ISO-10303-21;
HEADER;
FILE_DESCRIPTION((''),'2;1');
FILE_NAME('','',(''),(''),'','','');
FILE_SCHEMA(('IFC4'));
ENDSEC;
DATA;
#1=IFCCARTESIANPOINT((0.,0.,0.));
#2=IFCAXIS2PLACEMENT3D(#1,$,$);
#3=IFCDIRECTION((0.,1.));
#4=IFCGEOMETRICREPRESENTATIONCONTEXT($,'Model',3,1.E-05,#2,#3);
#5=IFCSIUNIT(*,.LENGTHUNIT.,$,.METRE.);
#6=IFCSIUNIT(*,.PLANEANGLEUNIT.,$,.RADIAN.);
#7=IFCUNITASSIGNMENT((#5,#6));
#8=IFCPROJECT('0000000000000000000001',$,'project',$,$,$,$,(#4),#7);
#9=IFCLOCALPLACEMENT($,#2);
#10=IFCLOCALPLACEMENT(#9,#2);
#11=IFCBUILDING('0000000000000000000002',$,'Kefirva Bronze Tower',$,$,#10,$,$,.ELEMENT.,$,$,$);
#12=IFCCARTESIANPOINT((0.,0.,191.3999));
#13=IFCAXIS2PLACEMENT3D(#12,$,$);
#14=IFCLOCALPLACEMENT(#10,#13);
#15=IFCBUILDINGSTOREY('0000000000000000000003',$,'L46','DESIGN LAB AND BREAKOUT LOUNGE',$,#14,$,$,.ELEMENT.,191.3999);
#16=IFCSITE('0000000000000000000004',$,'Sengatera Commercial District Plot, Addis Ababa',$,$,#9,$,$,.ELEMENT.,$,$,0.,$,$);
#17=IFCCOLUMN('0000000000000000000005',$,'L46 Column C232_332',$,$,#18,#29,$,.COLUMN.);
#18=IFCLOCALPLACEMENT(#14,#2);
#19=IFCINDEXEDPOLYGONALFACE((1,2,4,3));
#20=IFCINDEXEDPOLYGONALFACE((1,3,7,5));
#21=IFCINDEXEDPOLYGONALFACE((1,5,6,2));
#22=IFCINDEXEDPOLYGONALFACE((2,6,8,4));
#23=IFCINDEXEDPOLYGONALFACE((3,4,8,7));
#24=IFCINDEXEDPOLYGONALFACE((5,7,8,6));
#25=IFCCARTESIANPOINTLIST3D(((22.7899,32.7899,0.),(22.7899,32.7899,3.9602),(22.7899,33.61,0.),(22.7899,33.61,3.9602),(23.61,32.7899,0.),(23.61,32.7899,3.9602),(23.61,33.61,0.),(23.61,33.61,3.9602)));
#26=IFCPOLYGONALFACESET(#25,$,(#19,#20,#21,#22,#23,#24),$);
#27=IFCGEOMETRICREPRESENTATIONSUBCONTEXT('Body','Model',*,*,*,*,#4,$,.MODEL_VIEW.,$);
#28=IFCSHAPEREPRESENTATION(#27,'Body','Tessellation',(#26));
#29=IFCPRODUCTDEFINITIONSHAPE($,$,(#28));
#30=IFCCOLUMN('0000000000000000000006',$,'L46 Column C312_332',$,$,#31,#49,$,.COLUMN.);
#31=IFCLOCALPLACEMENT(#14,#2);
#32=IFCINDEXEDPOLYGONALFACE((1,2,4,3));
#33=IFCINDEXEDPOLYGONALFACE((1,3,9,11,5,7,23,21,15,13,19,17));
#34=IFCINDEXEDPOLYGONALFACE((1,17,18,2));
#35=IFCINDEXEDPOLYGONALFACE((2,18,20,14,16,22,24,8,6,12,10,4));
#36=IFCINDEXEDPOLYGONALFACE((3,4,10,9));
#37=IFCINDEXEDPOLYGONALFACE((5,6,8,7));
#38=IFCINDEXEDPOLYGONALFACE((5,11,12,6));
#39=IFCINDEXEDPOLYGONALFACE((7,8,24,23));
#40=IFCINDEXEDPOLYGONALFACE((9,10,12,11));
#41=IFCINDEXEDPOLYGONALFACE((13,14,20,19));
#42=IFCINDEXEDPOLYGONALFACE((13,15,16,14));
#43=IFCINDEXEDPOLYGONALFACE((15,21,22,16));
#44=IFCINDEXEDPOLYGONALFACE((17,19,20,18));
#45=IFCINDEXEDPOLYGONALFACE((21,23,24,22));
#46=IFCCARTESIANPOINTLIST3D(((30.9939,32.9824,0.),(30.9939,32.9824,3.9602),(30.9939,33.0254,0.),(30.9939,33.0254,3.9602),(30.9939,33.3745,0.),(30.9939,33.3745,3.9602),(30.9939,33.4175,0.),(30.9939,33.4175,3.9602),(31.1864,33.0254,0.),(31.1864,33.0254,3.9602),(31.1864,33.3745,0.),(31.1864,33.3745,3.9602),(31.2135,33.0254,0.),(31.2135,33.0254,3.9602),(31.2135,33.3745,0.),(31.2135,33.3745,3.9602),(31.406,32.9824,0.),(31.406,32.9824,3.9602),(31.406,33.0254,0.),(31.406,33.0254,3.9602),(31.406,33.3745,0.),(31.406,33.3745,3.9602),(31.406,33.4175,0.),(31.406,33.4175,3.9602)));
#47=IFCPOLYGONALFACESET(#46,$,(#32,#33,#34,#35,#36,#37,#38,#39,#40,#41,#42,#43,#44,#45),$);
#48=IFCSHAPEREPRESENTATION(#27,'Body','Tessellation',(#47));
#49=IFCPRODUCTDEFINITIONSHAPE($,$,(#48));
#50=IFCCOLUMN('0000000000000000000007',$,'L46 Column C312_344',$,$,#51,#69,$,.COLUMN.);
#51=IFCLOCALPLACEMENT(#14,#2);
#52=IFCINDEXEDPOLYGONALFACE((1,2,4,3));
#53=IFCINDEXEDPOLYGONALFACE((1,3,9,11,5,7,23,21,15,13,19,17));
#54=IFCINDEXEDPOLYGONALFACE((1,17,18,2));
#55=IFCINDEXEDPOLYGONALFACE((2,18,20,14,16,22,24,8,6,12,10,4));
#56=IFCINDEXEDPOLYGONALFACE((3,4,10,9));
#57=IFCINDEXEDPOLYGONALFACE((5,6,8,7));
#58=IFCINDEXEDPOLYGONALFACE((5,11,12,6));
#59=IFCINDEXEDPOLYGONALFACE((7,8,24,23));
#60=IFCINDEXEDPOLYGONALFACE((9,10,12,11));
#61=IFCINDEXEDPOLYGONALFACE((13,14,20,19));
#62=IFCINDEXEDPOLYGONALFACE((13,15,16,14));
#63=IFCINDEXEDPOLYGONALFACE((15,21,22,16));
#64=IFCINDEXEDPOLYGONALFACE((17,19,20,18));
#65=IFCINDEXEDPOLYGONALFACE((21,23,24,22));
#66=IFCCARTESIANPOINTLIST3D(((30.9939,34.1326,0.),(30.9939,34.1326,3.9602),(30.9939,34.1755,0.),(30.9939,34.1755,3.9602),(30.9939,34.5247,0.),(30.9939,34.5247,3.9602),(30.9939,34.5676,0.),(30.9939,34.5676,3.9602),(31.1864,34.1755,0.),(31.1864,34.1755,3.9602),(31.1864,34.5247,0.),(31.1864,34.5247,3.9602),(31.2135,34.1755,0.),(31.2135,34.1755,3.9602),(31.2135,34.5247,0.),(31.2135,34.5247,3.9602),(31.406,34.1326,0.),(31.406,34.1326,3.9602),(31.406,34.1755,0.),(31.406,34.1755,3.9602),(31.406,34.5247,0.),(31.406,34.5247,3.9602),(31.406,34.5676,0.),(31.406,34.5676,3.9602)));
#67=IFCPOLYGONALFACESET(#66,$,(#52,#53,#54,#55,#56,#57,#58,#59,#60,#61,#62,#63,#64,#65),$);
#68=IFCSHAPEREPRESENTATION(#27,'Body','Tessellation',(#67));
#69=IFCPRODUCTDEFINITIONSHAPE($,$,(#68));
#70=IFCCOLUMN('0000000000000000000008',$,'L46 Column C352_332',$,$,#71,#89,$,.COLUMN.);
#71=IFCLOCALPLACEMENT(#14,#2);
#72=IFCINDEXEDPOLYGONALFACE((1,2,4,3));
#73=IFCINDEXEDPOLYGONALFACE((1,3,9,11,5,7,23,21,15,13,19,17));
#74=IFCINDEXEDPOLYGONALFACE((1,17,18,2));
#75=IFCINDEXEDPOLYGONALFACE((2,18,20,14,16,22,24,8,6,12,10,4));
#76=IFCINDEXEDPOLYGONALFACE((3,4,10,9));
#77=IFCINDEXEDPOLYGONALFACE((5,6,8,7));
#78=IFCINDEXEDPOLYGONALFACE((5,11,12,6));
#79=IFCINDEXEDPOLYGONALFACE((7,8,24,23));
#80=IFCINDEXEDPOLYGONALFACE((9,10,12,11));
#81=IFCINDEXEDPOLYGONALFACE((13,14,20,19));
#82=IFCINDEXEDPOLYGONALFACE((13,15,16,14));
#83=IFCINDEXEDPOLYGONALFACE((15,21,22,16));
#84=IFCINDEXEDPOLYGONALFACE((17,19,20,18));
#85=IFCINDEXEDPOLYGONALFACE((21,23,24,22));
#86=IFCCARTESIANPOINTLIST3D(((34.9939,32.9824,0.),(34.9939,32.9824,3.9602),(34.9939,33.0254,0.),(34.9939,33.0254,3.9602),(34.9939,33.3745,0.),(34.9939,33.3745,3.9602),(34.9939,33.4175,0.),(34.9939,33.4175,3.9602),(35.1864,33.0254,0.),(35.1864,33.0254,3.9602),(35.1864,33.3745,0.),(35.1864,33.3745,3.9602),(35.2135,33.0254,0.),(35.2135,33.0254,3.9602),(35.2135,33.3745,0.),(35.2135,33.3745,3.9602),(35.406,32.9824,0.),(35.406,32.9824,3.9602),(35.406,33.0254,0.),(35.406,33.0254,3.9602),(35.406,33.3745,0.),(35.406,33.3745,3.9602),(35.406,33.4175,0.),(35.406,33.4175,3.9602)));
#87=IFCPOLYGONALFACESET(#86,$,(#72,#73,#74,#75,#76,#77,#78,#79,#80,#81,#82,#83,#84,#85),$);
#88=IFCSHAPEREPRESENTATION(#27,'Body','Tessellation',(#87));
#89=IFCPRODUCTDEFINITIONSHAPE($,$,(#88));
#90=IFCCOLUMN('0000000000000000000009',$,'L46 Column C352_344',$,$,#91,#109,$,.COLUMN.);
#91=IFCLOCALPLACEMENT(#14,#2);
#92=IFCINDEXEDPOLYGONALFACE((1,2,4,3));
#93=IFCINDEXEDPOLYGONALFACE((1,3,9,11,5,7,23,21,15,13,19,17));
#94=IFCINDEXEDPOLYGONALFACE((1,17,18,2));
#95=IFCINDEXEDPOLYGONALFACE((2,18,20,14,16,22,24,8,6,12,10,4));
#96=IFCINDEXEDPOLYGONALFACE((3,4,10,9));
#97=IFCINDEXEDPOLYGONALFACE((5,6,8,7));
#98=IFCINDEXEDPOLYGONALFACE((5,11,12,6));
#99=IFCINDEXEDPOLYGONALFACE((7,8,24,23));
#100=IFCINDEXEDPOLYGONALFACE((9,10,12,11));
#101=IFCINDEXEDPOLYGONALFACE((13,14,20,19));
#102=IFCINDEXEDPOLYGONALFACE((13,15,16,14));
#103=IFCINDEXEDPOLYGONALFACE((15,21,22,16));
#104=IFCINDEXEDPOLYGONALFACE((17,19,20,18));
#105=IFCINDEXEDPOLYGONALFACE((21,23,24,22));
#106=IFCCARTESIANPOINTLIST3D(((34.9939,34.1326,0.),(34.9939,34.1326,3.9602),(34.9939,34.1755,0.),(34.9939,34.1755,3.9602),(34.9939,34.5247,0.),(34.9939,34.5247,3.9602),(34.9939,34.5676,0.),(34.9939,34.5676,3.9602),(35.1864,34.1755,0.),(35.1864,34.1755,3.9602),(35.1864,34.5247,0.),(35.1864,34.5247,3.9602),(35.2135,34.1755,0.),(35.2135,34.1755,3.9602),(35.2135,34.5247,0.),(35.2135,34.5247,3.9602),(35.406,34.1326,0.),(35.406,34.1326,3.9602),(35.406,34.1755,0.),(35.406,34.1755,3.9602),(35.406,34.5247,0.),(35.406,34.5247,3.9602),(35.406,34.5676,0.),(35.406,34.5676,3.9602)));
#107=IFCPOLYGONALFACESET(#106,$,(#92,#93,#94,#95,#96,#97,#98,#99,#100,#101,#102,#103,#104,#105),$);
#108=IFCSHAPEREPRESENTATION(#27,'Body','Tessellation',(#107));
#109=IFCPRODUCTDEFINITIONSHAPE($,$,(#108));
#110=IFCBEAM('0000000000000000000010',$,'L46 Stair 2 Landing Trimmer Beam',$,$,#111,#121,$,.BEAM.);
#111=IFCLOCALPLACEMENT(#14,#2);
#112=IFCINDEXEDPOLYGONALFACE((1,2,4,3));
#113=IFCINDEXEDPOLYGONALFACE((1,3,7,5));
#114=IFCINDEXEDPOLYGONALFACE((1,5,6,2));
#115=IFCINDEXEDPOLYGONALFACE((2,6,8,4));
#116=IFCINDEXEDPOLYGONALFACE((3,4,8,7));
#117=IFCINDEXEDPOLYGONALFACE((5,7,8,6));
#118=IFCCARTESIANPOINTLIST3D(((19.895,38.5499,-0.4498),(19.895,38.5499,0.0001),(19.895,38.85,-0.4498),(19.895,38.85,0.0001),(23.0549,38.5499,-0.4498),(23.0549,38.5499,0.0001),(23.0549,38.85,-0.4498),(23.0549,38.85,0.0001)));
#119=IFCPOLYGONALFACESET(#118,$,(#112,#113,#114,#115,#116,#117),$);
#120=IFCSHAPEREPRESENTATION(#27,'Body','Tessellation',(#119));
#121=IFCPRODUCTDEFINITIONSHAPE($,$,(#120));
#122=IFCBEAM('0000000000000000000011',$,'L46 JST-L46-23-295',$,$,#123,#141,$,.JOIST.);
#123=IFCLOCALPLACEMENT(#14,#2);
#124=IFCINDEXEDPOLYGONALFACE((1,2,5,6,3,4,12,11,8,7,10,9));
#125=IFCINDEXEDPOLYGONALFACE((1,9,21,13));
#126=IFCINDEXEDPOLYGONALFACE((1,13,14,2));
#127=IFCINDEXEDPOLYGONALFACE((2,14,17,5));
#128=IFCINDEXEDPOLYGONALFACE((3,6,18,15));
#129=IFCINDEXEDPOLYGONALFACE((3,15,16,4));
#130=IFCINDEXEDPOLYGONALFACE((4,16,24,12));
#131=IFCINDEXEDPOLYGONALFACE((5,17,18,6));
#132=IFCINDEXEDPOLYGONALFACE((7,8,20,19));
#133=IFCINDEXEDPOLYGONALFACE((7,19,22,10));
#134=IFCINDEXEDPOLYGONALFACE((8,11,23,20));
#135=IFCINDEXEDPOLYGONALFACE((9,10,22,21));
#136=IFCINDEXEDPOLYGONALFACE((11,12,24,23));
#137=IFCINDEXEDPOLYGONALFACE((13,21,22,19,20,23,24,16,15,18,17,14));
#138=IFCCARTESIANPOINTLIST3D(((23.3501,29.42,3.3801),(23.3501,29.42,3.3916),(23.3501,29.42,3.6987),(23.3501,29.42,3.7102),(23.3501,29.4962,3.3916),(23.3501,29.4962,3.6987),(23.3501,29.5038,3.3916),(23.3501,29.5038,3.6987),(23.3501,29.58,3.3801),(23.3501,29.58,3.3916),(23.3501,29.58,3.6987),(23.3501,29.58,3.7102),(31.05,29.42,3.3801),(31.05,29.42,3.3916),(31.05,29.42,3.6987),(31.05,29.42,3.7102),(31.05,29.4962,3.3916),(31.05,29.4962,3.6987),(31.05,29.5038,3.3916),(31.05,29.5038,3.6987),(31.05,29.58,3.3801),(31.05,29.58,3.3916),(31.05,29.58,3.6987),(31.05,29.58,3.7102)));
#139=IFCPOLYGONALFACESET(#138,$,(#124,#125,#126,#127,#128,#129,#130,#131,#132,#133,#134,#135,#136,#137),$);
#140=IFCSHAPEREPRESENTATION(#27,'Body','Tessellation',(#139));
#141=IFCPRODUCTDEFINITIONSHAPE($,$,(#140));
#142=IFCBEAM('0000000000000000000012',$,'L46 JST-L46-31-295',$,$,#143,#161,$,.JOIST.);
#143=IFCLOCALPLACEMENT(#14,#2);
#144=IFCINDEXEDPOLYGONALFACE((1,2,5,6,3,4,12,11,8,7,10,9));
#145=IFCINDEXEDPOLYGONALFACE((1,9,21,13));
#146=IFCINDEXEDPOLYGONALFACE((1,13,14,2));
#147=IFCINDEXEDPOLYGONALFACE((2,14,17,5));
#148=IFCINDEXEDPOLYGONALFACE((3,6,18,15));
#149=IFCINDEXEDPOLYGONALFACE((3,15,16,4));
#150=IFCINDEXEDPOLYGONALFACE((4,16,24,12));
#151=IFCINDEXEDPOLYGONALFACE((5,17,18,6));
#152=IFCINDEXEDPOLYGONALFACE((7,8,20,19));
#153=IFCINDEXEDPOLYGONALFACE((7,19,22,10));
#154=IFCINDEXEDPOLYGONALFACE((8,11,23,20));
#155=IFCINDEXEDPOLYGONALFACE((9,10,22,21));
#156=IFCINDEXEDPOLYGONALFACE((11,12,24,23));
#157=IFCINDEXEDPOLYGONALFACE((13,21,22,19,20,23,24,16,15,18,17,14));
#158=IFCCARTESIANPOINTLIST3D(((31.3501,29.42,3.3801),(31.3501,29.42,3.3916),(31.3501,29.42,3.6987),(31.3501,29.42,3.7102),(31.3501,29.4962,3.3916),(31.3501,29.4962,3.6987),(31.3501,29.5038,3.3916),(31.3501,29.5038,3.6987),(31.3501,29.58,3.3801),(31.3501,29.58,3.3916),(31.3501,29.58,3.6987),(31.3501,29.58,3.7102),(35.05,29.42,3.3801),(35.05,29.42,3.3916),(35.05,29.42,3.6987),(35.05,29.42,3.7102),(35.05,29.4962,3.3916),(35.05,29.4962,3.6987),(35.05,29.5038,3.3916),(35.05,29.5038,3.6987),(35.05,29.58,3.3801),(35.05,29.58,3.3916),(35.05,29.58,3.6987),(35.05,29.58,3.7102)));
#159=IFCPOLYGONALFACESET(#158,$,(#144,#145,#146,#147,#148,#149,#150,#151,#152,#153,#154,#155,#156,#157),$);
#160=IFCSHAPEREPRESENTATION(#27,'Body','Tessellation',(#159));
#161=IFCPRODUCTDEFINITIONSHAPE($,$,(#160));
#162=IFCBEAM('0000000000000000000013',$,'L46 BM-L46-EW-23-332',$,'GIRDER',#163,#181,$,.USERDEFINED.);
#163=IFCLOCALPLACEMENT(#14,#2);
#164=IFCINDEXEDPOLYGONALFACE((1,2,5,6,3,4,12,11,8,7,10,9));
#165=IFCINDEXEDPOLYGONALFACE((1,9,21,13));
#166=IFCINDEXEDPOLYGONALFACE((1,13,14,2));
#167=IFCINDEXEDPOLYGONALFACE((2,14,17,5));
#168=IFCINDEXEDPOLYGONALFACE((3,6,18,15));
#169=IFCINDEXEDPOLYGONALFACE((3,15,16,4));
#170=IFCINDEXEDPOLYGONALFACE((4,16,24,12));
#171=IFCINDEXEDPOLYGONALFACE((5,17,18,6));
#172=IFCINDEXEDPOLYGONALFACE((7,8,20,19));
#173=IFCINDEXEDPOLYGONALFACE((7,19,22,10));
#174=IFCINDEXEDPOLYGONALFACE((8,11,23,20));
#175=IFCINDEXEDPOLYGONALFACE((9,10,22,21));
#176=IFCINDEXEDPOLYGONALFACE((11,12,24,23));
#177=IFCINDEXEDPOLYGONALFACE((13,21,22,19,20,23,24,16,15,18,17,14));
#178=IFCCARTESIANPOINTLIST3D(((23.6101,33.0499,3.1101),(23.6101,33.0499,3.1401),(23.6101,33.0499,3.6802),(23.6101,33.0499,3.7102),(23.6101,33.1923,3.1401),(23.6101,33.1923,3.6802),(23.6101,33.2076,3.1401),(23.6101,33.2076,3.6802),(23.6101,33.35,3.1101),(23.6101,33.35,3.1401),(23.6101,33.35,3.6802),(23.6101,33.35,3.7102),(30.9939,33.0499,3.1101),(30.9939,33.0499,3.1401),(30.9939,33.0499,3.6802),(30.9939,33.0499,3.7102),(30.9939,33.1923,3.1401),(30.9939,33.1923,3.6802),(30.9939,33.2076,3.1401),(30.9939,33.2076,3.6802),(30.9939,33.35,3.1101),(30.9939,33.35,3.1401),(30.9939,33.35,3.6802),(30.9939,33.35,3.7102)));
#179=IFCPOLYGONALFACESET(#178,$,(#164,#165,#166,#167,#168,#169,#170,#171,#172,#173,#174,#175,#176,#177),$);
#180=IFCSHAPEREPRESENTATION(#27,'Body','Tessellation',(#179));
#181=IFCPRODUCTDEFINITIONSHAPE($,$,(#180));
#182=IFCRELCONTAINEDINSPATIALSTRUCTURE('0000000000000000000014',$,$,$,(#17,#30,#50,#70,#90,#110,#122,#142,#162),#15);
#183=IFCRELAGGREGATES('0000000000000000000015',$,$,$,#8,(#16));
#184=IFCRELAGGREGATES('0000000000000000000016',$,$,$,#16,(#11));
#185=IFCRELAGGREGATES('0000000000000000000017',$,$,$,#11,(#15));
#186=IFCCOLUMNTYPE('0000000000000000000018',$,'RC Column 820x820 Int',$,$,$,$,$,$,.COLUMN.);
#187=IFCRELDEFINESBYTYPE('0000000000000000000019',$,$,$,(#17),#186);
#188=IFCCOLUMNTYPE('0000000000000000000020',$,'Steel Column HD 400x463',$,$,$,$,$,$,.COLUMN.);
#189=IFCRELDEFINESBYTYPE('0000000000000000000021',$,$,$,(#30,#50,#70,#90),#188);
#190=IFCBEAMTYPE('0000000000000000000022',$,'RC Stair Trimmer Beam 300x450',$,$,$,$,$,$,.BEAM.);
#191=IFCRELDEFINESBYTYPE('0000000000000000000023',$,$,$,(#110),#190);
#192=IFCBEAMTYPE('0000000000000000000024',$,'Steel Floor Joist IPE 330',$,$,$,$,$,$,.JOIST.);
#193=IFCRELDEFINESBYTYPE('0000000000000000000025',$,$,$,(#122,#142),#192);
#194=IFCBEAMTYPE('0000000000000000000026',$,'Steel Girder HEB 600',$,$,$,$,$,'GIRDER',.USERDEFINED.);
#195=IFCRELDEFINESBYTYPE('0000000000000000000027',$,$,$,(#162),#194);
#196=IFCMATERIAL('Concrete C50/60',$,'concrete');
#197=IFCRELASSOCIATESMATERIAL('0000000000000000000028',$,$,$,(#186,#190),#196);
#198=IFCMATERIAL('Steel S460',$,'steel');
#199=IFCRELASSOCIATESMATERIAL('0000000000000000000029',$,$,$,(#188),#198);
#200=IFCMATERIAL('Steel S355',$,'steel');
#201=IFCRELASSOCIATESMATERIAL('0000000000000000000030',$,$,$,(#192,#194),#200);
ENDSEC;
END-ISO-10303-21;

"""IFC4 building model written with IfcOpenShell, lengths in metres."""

from ifc_helpers import new_model, si_unit, direction, frame, origin, origin_2d, place, context, subcontext, project, spatial, rectangle, i_section, extrude, material, material_profile, profile_set, type_object, element, save


model = new_model("IFC4")

# Units and contexts
model_context = context("Model", 3, precision=1e-05, world=origin(), true_north=direction((0.0, 1.0)))
body_context = subcontext(model_context, "Body", "Model", "MODEL_VIEW")
ifc_project = project(units=[si_unit("LENGTHUNIT", "METRE"), si_unit("PLANEANGLEUNIT", "RADIAN")], contexts=[model_context])

# Site, building, storey
site_placement = place(None, origin())
site = spatial("IfcSite", under=ifc_project, at=site_placement, Name="Sengatera Commercial District Plot, Addis Ababa", CompositionType="ELEMENT", RefElevation=0.0)
building_placement = place(site_placement, origin())
building = spatial("IfcBuilding", under=site, at=building_placement, Name="Kefirva Bronze Tower", CompositionType="ELEMENT")
storey_placement = place(building_placement, frame((0.0, 0.0, 191.3999)))
storey = spatial("IfcBuildingStorey", under=building, at=storey_placement, Name="L46", Description="DESIGN LAB AND BREAKOUT LOUNGE", CompositionType="ELEMENT", Elevation=191.3999)

# Columns
ifc_material_1 = material(Name="Concrete C50/60", Category="concrete")
ifc_material_profile_1 = material_profile(ifc_material_1, rectangle(XDim=0.8201, YDim=0.8201, at=origin_2d()), Name="RC 820x820")
ifc_profile_set_1 = profile_set([ifc_material_profile_1], Name="Concrete C50/60")
column_type_1 = type_object("IfcColumnType", Name="RC Column 820x820 Int", PredefinedType="COLUMN", material=ifc_profile_set_1)
column_placement = place(storey_placement, frame((23.2, 33.2, 0.0), z_axis=(0.0, 0.0, 1.0), x_axis=(1.0, 0.0, 0.0)))
element("IfcColumn", 1, at=column_placement, inside=storey, type_object=column_type_1, Name="L46 Column C232_332", PredefinedType="COLUMN", context=body_context, shape_type="SweptSolid", body=[
    extrude(rectangle(XDim=0.8201, YDim=0.8201, at=origin_2d()), origin(), (0.0, 0.0, 1.0), 3.9602),
])
ifc_material_2 = material(Name="Steel S460", Category="steel")
ifc_material_profile_2 = material_profile(ifc_material_2, i_section(OverallWidth=0.4121, OverallDepth=0.4351, WebThickness=0.0271, FlangeThickness=0.043, at=origin_2d()), Name="HD 400x463")
ifc_profile_set_2 = profile_set([ifc_material_profile_2], Name="Steel S460")
column_type_2 = type_object("IfcColumnType", Name="Steel Column HD 400x463", PredefinedType="COLUMN", material=ifc_profile_set_2)
for number, where, z_axis, x_axis, name in (
    (2, (31.2, 33.2, 0.0), (0.0, 0.0, 1.0), (1.0, 0.0, 0.0), "L46 Column C312_332"),
    (3, (31.2, 34.3501, 0.0), (0.0, 0.0, 1.0), (1.0, 0.0, 0.0), "L46 Column C312_344"),
    (4, (35.2, 33.2, 0.0), (0.0, 0.0, 1.0), (1.0, 0.0, 0.0), "L46 Column C352_332"),
    (5, (35.2, 34.3501, 0.0), (0.0, 0.0, 1.0), (1.0, 0.0, 0.0), "L46 Column C352_344"),
):
    element("IfcColumn", number, at=place(storey_placement, frame(where, z_axis=z_axis, x_axis=x_axis)), inside=storey, type_object=column_type_2, Name=name, PredefinedType="COLUMN", context=body_context, shape_type="SweptSolid", body=[
        extrude(i_section(OverallWidth=0.4121, OverallDepth=0.4351, WebThickness=0.0271, FlangeThickness=0.043, at=origin_2d()), origin(), (0.0, 0.0, 1.0), 3.9602),
    ])

# Beams
ifc_material_profile_3 = material_profile(ifc_material_1, rectangle(XDim=0.3, YDim=0.45, at=origin_2d()), Name="RC 300x450")
ifc_profile_set_3 = profile_set([ifc_material_profile_3], Name="Concrete C50/60")
beam_type_1 = type_object("IfcBeamType", Name="RC Stair Trimmer Beam 300x450", PredefinedType="BEAM", material=ifc_profile_set_3)
beam_1_placement = place(storey_placement, frame((19.895, 38.7, -0.2249), z_axis=(1.0, 0.0, 0.0), x_axis=(0.0, 1.0, 0.0)))
element("IfcBeam", 6, at=beam_1_placement, inside=storey, type_object=beam_type_1, Name="L46 Stair 2 Landing Trimmer Beam", PredefinedType="BEAM", context=body_context, shape_type="SweptSolid", body=[
    extrude(rectangle(XDim=0.3, YDim=0.45, at=origin_2d()), origin(), (0.0, 0.0, 1.0), 3.1599),
])
ifc_material_3 = material(Name="Steel S355", Category="steel")
ifc_material_profile_4 = material_profile(ifc_material_3, i_section(OverallWidth=0.1599, OverallDepth=0.3301, WebThickness=0.0076, FlangeThickness=0.0115, at=origin_2d()), Name="IPE 330")
ifc_profile_set_4 = profile_set([ifc_material_profile_4], Name="Steel S355")
beam_type_2 = type_object("IfcBeamType", Name="Steel Floor Joist IPE 330", PredefinedType="JOIST", material=ifc_profile_set_4)
beam_2_placement = place(storey_placement, frame((23.3501, 29.5, 3.5452), z_axis=(1.0, 0.0, 0.0), x_axis=(0.0, 1.0, 0.0)))
element("IfcBeam", 7, at=beam_2_placement, inside=storey, type_object=beam_type_2, Name="L46 JST-L46-23-295", PredefinedType="JOIST", context=body_context, shape_type="SweptSolid", body=[
    extrude(i_section(OverallWidth=0.1599, OverallDepth=0.3301, WebThickness=0.0076, FlangeThickness=0.0115, at=origin_2d()), origin(), (0.0, 0.0, 1.0), 7.7),
])
beam_3_placement = place(storey_placement, frame((31.3501, 29.5, 3.5452), z_axis=(1.0, 0.0, 0.0), x_axis=(0.0, 1.0, 0.0)))
element("IfcBeam", 8, at=beam_3_placement, inside=storey, type_object=beam_type_2, Name="L46 JST-L46-31-295", PredefinedType="JOIST", context=body_context, shape_type="SweptSolid", body=[
    extrude(i_section(OverallWidth=0.1599, OverallDepth=0.3301, WebThickness=0.0076, FlangeThickness=0.0115, at=origin_2d()), origin(), (0.0, 0.0, 1.0), 3.7),
])
ifc_material_profile_5 = material_profile(ifc_material_3, i_section(OverallWidth=0.3, OverallDepth=0.6001, WebThickness=0.0154, FlangeThickness=0.03, at=origin_2d()), Name="HEB 600")
ifc_profile_set_5 = profile_set([ifc_material_profile_5], Name="Steel S355")
beam_type_3 = type_object("IfcBeamType", Name="Steel Girder HEB 600", ElementType="GIRDER", PredefinedType="USERDEFINED", material=ifc_profile_set_5)
beam_4_placement = place(storey_placement, frame((23.6101, 33.2, 3.4102), z_axis=(1.0, 0.0, 0.0), x_axis=(0.0, 1.0, 0.0)))
element("IfcBeam", 9, at=beam_4_placement, inside=storey, type_object=beam_type_3, Name="L46 BM-L46-EW-23-332", ObjectType="GIRDER", PredefinedType="USERDEFINED", context=body_context, shape_type="SweptSolid", body=[
    extrude(i_section(OverallWidth=0.3, OverallDepth=0.6001, WebThickness=0.0154, FlangeThickness=0.03, at=origin_2d()), origin(), (0.0, 0.0, 1.0), 7.3838),
])

save(model, "model.ifc")
